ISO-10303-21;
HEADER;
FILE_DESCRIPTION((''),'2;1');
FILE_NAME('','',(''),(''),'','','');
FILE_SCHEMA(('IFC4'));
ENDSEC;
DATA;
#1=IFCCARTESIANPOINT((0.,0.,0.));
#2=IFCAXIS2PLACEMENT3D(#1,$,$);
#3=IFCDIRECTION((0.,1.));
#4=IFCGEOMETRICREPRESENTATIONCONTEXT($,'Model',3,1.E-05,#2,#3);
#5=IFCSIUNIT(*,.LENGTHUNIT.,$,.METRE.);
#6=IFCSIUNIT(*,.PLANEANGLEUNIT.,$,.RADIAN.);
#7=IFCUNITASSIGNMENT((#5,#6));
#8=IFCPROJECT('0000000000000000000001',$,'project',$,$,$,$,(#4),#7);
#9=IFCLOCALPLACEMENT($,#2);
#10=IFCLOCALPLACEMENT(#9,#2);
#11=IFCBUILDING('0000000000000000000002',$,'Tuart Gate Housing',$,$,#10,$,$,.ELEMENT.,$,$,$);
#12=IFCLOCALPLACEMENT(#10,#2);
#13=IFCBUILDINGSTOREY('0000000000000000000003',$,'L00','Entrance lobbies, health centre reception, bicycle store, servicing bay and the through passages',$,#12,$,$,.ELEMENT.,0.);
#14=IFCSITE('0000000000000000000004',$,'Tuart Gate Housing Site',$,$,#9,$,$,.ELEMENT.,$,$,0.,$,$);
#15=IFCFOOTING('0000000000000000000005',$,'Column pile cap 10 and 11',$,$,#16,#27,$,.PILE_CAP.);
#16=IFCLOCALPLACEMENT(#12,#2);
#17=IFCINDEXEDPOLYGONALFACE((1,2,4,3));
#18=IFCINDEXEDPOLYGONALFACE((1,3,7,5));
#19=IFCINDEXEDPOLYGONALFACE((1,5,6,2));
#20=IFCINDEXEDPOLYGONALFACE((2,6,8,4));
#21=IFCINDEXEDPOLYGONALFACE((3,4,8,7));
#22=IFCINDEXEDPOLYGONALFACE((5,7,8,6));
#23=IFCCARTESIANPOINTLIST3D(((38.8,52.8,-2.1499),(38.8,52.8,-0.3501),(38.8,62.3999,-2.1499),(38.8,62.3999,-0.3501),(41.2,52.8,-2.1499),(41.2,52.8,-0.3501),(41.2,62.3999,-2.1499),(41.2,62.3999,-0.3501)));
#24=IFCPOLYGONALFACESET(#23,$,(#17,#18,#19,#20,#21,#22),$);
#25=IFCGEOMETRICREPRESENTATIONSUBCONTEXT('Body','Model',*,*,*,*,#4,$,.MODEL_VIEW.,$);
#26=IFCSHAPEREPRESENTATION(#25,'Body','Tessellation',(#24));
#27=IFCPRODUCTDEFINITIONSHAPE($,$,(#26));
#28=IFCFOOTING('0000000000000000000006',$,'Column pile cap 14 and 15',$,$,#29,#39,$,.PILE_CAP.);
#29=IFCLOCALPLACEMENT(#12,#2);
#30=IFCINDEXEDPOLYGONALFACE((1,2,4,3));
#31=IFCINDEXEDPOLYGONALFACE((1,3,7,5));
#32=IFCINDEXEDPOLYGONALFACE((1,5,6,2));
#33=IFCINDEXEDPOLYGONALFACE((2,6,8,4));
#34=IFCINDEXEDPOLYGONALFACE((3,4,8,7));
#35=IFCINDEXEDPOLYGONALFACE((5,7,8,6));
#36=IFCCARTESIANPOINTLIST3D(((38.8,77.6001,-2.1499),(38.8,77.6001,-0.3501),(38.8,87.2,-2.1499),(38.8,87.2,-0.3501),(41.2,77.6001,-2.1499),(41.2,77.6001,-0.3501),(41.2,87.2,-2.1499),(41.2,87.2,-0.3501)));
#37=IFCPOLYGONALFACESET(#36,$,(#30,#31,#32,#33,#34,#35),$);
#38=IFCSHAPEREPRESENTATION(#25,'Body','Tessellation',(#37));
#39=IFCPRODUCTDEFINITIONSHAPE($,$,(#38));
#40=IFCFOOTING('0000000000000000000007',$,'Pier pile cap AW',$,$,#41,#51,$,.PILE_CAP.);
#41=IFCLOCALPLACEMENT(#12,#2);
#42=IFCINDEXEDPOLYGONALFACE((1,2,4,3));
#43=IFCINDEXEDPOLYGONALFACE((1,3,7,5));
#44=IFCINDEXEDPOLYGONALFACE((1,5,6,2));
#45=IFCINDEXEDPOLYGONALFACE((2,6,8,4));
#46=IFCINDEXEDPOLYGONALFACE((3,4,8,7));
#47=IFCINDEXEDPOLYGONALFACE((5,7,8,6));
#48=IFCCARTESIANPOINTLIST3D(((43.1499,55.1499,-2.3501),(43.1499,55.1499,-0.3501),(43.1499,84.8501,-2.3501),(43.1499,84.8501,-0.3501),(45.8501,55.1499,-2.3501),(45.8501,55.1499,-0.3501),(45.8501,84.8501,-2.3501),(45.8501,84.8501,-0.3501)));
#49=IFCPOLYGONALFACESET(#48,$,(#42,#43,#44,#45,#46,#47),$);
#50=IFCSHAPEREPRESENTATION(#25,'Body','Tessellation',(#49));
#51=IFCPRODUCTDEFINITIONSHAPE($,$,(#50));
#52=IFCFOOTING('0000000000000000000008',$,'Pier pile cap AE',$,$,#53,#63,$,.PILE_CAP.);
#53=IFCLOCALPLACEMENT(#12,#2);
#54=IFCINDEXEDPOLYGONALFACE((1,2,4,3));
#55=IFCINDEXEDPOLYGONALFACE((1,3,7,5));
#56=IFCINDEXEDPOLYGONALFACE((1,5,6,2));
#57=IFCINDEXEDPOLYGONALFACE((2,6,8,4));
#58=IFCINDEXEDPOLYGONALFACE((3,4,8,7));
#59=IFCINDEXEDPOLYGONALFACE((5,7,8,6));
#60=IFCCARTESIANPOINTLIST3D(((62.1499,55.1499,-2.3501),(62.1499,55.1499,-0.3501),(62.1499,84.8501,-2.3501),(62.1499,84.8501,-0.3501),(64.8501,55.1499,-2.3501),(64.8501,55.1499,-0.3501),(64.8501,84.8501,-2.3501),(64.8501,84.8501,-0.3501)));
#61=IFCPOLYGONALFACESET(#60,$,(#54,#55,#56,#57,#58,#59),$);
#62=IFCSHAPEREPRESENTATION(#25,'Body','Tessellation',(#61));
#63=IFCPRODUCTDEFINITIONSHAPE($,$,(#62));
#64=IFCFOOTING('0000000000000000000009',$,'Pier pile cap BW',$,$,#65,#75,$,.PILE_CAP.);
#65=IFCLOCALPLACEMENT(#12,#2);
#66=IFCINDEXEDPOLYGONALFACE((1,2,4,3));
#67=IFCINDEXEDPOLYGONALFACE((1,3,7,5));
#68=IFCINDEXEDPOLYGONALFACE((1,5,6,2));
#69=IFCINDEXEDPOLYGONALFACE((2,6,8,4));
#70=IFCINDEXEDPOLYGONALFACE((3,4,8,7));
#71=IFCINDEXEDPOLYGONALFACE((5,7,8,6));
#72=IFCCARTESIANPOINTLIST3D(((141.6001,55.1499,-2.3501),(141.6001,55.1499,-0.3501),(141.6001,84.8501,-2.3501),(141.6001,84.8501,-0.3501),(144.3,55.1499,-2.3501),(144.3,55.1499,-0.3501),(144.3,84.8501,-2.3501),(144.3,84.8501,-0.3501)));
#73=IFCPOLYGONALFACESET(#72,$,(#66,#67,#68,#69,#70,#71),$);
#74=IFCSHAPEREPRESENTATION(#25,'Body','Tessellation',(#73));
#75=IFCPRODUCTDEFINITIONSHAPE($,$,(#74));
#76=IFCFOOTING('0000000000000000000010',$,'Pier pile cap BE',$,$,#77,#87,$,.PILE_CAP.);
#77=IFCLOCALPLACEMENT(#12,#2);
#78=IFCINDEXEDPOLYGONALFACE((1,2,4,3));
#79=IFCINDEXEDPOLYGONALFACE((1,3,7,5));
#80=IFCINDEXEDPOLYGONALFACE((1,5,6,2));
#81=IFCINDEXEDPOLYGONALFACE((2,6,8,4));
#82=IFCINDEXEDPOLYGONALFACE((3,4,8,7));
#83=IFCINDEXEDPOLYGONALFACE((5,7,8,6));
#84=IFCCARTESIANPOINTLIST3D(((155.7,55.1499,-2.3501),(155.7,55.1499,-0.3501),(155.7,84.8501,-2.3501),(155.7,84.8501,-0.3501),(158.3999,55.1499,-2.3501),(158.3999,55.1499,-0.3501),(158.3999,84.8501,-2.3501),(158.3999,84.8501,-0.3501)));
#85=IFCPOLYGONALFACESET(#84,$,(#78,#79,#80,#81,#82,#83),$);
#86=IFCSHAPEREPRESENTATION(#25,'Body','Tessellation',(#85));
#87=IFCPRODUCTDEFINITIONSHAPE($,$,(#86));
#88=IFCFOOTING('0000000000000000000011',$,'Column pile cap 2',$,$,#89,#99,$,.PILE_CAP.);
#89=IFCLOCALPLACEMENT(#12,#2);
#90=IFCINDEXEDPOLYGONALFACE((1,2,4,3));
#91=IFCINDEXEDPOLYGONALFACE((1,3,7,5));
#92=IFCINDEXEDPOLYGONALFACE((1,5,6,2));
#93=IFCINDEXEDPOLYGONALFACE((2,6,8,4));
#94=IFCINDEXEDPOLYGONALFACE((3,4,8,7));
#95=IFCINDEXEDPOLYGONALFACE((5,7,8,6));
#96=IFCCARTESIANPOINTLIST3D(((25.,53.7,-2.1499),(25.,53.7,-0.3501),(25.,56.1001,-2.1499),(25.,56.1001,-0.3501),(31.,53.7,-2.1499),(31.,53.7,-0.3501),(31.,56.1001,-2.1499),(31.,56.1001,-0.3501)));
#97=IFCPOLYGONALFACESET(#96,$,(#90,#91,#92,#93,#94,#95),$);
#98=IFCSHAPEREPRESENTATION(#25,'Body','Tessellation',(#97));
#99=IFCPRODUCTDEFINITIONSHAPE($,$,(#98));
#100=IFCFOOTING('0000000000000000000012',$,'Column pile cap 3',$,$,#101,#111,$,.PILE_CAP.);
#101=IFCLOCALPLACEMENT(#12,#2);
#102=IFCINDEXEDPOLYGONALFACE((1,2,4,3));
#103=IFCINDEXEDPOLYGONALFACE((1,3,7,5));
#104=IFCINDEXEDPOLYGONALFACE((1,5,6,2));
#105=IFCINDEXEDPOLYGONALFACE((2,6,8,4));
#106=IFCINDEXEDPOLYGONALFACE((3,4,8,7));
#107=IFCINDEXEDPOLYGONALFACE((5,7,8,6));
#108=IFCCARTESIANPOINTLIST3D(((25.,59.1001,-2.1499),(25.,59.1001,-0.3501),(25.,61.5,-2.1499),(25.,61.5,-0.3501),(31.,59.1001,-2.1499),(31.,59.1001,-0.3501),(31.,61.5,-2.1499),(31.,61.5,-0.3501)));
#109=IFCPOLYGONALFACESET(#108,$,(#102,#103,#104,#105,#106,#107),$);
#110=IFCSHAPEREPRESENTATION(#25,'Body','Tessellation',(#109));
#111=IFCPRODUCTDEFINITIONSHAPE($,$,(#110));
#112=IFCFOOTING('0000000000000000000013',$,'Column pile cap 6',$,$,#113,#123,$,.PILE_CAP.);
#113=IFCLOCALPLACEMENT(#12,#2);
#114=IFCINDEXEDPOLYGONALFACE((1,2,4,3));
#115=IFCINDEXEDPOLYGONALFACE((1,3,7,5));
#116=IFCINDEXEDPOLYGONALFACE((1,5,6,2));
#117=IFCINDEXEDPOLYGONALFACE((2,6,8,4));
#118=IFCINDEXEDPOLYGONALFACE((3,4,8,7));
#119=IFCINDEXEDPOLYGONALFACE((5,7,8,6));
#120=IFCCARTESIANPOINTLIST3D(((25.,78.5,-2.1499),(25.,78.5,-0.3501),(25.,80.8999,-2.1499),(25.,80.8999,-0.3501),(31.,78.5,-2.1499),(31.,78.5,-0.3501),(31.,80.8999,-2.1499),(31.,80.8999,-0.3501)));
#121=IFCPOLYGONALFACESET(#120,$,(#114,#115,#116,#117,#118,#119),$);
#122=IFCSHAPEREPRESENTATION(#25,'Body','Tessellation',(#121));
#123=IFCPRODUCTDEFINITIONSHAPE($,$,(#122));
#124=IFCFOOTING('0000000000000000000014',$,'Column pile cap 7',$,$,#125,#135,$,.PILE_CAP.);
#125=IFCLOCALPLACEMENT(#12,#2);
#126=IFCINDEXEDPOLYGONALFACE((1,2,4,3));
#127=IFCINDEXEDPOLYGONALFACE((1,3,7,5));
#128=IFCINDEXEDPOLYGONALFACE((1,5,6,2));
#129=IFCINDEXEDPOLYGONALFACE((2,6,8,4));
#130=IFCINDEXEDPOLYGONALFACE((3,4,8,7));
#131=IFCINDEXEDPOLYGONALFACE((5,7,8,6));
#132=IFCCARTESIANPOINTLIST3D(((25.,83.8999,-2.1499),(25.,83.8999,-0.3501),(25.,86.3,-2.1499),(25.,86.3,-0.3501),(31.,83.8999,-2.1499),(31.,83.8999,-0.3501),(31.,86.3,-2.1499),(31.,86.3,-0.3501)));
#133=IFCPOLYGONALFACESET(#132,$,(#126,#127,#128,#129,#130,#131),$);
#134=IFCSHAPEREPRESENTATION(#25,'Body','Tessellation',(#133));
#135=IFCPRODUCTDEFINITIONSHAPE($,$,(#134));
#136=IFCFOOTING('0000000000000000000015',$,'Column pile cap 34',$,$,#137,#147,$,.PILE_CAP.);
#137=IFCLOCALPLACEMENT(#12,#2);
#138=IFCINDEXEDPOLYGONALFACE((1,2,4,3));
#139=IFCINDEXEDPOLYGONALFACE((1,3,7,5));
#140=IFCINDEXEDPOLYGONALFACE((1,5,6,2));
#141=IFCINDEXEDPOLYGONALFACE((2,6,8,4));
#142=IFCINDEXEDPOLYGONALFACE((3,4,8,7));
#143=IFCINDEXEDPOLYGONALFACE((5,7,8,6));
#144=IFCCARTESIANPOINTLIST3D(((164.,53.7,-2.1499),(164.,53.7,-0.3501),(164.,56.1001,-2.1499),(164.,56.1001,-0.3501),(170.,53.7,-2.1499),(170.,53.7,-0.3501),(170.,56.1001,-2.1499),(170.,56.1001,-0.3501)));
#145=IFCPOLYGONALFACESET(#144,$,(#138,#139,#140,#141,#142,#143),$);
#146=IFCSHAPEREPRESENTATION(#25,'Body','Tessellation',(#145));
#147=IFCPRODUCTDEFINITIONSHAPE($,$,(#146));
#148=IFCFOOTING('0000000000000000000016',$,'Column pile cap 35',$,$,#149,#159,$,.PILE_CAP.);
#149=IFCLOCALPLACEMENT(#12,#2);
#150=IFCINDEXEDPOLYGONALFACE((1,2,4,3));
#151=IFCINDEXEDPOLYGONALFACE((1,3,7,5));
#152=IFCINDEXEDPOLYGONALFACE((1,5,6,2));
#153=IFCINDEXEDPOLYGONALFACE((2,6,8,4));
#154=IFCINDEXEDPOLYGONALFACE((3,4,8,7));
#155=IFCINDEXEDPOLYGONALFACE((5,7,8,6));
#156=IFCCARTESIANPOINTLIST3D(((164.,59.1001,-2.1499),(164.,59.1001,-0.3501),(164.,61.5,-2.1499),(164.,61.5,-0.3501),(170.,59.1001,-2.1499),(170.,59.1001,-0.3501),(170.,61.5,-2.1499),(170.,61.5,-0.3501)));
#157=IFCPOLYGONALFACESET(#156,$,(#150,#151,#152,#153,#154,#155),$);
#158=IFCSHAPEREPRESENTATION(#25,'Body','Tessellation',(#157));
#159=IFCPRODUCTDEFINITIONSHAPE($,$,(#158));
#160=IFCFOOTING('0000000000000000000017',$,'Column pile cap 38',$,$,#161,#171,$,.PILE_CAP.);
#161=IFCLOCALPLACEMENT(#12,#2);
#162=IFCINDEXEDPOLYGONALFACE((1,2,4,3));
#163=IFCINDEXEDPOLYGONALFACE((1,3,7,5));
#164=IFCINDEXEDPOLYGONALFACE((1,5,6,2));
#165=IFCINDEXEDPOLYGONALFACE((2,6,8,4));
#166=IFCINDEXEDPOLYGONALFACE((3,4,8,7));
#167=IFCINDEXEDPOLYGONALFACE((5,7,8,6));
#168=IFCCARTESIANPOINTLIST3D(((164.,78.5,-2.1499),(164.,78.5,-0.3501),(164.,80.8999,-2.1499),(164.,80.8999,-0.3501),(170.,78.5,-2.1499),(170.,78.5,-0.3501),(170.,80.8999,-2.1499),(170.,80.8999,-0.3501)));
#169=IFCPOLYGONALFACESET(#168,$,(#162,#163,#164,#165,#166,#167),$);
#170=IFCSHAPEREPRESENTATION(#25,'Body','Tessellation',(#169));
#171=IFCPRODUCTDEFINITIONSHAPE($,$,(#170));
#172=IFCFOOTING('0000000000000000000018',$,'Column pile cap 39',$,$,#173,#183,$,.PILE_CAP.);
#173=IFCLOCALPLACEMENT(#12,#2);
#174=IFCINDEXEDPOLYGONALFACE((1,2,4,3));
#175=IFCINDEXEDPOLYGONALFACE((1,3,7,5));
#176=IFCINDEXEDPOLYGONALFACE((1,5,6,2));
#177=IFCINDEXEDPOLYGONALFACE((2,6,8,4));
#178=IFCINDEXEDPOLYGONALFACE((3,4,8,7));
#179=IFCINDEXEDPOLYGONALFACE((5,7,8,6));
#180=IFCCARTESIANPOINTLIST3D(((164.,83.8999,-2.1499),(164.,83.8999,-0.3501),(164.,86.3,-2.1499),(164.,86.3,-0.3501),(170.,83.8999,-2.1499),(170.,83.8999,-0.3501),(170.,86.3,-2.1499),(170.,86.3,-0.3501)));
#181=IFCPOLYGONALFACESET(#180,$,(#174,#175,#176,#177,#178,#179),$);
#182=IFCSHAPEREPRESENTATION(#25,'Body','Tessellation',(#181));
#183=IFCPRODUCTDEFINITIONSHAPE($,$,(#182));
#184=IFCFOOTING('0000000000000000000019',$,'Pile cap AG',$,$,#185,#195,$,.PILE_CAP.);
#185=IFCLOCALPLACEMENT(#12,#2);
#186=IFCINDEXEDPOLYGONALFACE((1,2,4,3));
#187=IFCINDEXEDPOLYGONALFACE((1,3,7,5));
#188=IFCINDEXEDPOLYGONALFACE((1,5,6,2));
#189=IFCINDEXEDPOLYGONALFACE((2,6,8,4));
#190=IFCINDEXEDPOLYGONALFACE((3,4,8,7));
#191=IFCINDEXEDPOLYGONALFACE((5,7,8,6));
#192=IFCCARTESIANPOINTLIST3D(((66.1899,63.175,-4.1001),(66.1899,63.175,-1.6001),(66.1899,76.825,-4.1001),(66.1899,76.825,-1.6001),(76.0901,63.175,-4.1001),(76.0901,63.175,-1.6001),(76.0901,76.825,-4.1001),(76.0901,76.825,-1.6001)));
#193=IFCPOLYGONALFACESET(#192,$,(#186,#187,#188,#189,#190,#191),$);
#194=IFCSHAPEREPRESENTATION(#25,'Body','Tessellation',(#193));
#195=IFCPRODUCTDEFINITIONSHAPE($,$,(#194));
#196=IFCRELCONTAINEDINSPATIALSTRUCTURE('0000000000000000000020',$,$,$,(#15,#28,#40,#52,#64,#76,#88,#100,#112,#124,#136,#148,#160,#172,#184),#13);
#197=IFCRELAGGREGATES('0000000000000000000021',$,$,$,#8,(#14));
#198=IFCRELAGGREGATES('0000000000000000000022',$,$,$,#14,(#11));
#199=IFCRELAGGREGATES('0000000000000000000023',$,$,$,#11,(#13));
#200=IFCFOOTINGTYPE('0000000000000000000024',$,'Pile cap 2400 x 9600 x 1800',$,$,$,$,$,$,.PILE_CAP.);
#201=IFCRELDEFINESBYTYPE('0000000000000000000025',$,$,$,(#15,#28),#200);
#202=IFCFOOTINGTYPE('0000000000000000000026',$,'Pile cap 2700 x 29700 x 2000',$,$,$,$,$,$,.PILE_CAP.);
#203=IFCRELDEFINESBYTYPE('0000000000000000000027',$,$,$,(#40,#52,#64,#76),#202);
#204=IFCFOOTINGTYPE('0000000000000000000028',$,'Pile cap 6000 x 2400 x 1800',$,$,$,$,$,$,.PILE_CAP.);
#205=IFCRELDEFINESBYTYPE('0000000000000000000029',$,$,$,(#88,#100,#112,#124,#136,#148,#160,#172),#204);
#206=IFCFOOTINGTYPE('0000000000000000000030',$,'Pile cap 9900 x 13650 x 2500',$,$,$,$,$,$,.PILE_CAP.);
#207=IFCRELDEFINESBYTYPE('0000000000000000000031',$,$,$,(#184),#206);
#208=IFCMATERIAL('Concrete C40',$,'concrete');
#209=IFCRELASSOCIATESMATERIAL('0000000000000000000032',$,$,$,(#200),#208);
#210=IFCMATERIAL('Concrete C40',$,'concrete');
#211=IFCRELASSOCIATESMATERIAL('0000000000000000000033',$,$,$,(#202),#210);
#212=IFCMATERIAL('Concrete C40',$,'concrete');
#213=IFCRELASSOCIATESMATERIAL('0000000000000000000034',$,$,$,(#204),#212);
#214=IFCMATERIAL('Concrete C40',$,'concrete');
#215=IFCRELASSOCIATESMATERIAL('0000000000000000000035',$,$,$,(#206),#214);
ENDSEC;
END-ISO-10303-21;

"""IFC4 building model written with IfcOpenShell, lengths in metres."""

from ifc_helpers import new_model, si_unit, direction, frame, origin, place, context, subcontext, project, spatial, polyline, outline, extrude, material, type_object, element, save


model = new_model("IFC4")

# Units and contexts
model_context = context("Model", 3, precision=1e-05, world=origin(), true_north=direction((0.0, 1.0)))
body_context = subcontext(model_context, "Body", "Model", "MODEL_VIEW")
ifc_project = project(units=[si_unit("LENGTHUNIT", "METRE"), si_unit("PLANEANGLEUNIT", "RADIAN")], contexts=[model_context])

# Site, building, storey
site_placement = place(None, origin())
site = spatial("IfcSite", under=ifc_project, at=site_placement, Name="Tuart Gate Housing Site", CompositionType="ELEMENT", RefElevation=0.0)
building_placement = place(site_placement, origin())
building = spatial("IfcBuilding", under=site, at=building_placement, Name="Tuart Gate Housing", CompositionType="ELEMENT")
storey_placement = place(building_placement, origin())
storey = spatial("IfcBuildingStorey", under=building, at=storey_placement, Name="L00", Description="Entrance lobbies, health centre reception, bicycle store, servicing bay and the through passages", CompositionType="ELEMENT", Elevation=0.0)

# Footings
ifc_material_1 = material(Name="Concrete C40", Category="concrete")
footing_type_1 = type_object("IfcFootingType", Name="Pile cap 2400 x 9600 x 1800", PredefinedType="PILE_CAP", material=ifc_material_1)
footing_1_placement = place(storey_placement, frame((0.0, 0.0, -2.1499)))
element("IfcFooting", 1, at=footing_1_placement, inside=storey, type_object=footing_type_1, Name="Column pile cap 10 and 11", PredefinedType="PILE_CAP", context=body_context, shape_type="SweptSolid", body=[
    extrude(outline(polyline([(38.8, 52.8), (41.2, 52.8), (41.2, 62.3999), (38.8, 62.3999), (38.8, 52.8)])), origin(), (0.0, 0.0, 1.0), 1.7998),
])
footing_2_placement = place(storey_placement, frame((0.0, 0.0, -2.1499)))
element("IfcFooting", 2, at=footing_2_placement, inside=storey, type_object=footing_type_1, Name="Column pile cap 14 and 15", PredefinedType="PILE_CAP", context=body_context, shape_type="SweptSolid", body=[
    extrude(outline(polyline([(38.8, 77.6001), (41.2, 77.6001), (41.2, 87.2), (38.8, 87.2), (38.8, 77.6001)])), origin(), (0.0, 0.0, 1.0), 1.7998),
])
ifc_material_2 = material(Name="Concrete C40", Category="concrete")
footing_type_2 = type_object("IfcFootingType", Name="Pile cap 2700 x 29700 x 2000", PredefinedType="PILE_CAP", material=ifc_material_2)
footing_3_placement = place(storey_placement, frame((0.0, 0.0, -2.3501)))
element("IfcFooting", 3, at=footing_3_placement, inside=storey, type_object=footing_type_2, Name="Pier pile cap AW", PredefinedType="PILE_CAP", context=body_context, shape_type="SweptSolid", body=[
    extrude(outline(polyline([(43.1499, 55.1499), (45.8501, 55.1499), (45.8501, 84.8501), (43.1499, 84.8501), (43.1499, 55.1499)])), origin(), (0.0, 0.0, 1.0), 2.0),
])
footing_4_placement = place(storey_placement, frame((0.0, 0.0, -2.3501)))
element("IfcFooting", 4, at=footing_4_placement, inside=storey, type_object=footing_type_2, Name="Pier pile cap AE", PredefinedType="PILE_CAP", context=body_context, shape_type="SweptSolid", body=[
    extrude(outline(polyline([(62.1499, 55.1499), (64.8501, 55.1499), (64.8501, 84.8501), (62.1499, 84.8501), (62.1499, 55.1499)])), origin(), (0.0, 0.0, 1.0), 2.0),
])
footing_5_placement = place(storey_placement, frame((0.0, 0.0, -2.3501)))
element("IfcFooting", 5, at=footing_5_placement, inside=storey, type_object=footing_type_2, Name="Pier pile cap BW", PredefinedType="PILE_CAP", context=body_context, shape_type="SweptSolid", body=[
    extrude(outline(polyline([(141.6001, 55.1499), (144.3, 55.1499), (144.3, 84.8501), (141.6001, 84.8501), (141.6001, 55.1499)])), origin(), (0.0, 0.0, 1.0), 2.0),
])
footing_6_placement = place(storey_placement, frame((0.0, 0.0, -2.3501)))
element("IfcFooting", 6, at=footing_6_placement, inside=storey, type_object=footing_type_2, Name="Pier pile cap BE", PredefinedType="PILE_CAP", context=body_context, shape_type="SweptSolid", body=[
    extrude(outline(polyline([(155.7, 55.1499), (158.3999, 55.1499), (158.3999, 84.8501), (155.7, 84.8501), (155.7, 55.1499)])), origin(), (0.0, 0.0, 1.0), 2.0),
])
ifc_material_3 = material(Name="Concrete C40", Category="concrete")
footing_type_3 = type_object("IfcFootingType", Name="Pile cap 6000 x 2400 x 1800", PredefinedType="PILE_CAP", material=ifc_material_3)
footing_7_placement = place(storey_placement, frame((0.0, 0.0, -2.1499)))
element("IfcFooting", 7, at=footing_7_placement, inside=storey, type_object=footing_type_3, Name="Column pile cap 2", PredefinedType="PILE_CAP", context=body_context, shape_type="SweptSolid", body=[
    extrude(outline(polyline([(25.0, 53.7), (31.0, 53.7), (31.0, 56.1001), (25.0, 56.1001), (25.0, 53.7)])), origin(), (0.0, 0.0, 1.0), 1.7998),
])
footing_8_placement = place(storey_placement, frame((0.0, 0.0, -2.1499)))
element("IfcFooting", 8, at=footing_8_placement, inside=storey, type_object=footing_type_3, Name="Column pile cap 3", PredefinedType="PILE_CAP", context=body_context, shape_type="SweptSolid", body=[
    extrude(outline(polyline([(25.0, 59.1001), (31.0, 59.1001), (31.0, 61.5), (25.0, 61.5), (25.0, 59.1001)])), origin(), (0.0, 0.0, 1.0), 1.7998),
])
footing_9_placement = place(storey_placement, frame((0.0, 0.0, -2.1499)))
element("IfcFooting", 9, at=footing_9_placement, inside=storey, type_object=footing_type_3, Name="Column pile cap 6", PredefinedType="PILE_CAP", context=body_context, shape_type="SweptSolid", body=[
    extrude(outline(polyline([(25.0, 78.5), (31.0, 78.5), (31.0, 80.8999), (25.0, 80.8999), (25.0, 78.5)])), origin(), (0.0, 0.0, 1.0), 1.7998),
])
footing_10_placement = place(storey_placement, frame((0.0, 0.0, -2.1499)))
element("IfcFooting", 10, at=footing_10_placement, inside=storey, type_object=footing_type_3, Name="Column pile cap 7", PredefinedType="PILE_CAP", context=body_context, shape_type="SweptSolid", body=[
    extrude(outline(polyline([(25.0, 83.8999), (31.0, 83.8999), (31.0, 86.3), (25.0, 86.3), (25.0, 83.8999)])), origin(), (0.0, 0.0, 1.0), 1.7998),
])
footing_11_placement = place(storey_placement, frame((0.0, 0.0, -2.1499)))
element("IfcFooting", 11, at=footing_11_placement, inside=storey, type_object=footing_type_3, Name="Column pile cap 34", PredefinedType="PILE_CAP", context=body_context, shape_type="SweptSolid", body=[
    extrude(outline(polyline([(164.0, 53.7), (170.0, 53.7), (170.0, 56.1001), (164.0, 56.1001), (164.0, 53.7)])), origin(), (0.0, 0.0, 1.0), 1.7998),
])
footing_12_placement = place(storey_placement, frame((0.0, 0.0, -2.1499)))
element("IfcFooting", 12, at=footing_12_placement, inside=storey, type_object=footing_type_3, Name="Column pile cap 35", PredefinedType="PILE_CAP", context=body_context, shape_type="SweptSolid", body=[
    extrude(outline(polyline([(164.0, 59.1001), (170.0, 59.1001), (170.0, 61.5), (164.0, 61.5), (164.0, 59.1001)])), origin(), (0.0, 0.0, 1.0), 1.7998),
])
footing_13_placement = place(storey_placement, frame((0.0, 0.0, -2.1499)))
element("IfcFooting", 13, at=footing_13_placement, inside=storey, type_object=footing_type_3, Name="Column pile cap 38", PredefinedType="PILE_CAP", context=body_context, shape_type="SweptSolid", body=[
    extrude(outline(polyline([(164.0, 78.5), (170.0, 78.5), (170.0, 80.8999), (164.0, 80.8999), (164.0, 78.5)])), origin(), (0.0, 0.0, 1.0), 1.7998),
])
footing_14_placement = place(storey_placement, frame((0.0, 0.0, -2.1499)))
element("IfcFooting", 14, at=footing_14_placement, inside=storey, type_object=footing_type_3, Name="Column pile cap 39", PredefinedType="PILE_CAP", context=body_context, shape_type="SweptSolid", body=[
    extrude(outline(polyline([(164.0, 83.8999), (170.0, 83.8999), (170.0, 86.3), (164.0, 86.3), (164.0, 83.8999)])), origin(), (0.0, 0.0, 1.0), 1.7998),
])
ifc_material_4 = material(Name="Concrete C40", Category="concrete")
footing_type_4 = type_object("IfcFootingType", Name="Pile cap 9900 x 13650 x 2500", PredefinedType="PILE_CAP", material=ifc_material_4)
footing_15_placement = place(storey_placement, frame((0.0, 0.0, -4.1001)))
element("IfcFooting", 15, at=footing_15_placement, inside=storey, type_object=footing_type_4, Name="Pile cap AG", PredefinedType="PILE_CAP", context=body_context, shape_type="SweptSolid", body=[
    extrude(outline(polyline([(66.1899, 63.175), (76.0901, 63.175), (76.0901, 76.825), (66.1899, 76.825), (66.1899, 63.175)])), origin(), (0.0, 0.0, 1.0), 2.5),
])

save(model, "model.ifc")
